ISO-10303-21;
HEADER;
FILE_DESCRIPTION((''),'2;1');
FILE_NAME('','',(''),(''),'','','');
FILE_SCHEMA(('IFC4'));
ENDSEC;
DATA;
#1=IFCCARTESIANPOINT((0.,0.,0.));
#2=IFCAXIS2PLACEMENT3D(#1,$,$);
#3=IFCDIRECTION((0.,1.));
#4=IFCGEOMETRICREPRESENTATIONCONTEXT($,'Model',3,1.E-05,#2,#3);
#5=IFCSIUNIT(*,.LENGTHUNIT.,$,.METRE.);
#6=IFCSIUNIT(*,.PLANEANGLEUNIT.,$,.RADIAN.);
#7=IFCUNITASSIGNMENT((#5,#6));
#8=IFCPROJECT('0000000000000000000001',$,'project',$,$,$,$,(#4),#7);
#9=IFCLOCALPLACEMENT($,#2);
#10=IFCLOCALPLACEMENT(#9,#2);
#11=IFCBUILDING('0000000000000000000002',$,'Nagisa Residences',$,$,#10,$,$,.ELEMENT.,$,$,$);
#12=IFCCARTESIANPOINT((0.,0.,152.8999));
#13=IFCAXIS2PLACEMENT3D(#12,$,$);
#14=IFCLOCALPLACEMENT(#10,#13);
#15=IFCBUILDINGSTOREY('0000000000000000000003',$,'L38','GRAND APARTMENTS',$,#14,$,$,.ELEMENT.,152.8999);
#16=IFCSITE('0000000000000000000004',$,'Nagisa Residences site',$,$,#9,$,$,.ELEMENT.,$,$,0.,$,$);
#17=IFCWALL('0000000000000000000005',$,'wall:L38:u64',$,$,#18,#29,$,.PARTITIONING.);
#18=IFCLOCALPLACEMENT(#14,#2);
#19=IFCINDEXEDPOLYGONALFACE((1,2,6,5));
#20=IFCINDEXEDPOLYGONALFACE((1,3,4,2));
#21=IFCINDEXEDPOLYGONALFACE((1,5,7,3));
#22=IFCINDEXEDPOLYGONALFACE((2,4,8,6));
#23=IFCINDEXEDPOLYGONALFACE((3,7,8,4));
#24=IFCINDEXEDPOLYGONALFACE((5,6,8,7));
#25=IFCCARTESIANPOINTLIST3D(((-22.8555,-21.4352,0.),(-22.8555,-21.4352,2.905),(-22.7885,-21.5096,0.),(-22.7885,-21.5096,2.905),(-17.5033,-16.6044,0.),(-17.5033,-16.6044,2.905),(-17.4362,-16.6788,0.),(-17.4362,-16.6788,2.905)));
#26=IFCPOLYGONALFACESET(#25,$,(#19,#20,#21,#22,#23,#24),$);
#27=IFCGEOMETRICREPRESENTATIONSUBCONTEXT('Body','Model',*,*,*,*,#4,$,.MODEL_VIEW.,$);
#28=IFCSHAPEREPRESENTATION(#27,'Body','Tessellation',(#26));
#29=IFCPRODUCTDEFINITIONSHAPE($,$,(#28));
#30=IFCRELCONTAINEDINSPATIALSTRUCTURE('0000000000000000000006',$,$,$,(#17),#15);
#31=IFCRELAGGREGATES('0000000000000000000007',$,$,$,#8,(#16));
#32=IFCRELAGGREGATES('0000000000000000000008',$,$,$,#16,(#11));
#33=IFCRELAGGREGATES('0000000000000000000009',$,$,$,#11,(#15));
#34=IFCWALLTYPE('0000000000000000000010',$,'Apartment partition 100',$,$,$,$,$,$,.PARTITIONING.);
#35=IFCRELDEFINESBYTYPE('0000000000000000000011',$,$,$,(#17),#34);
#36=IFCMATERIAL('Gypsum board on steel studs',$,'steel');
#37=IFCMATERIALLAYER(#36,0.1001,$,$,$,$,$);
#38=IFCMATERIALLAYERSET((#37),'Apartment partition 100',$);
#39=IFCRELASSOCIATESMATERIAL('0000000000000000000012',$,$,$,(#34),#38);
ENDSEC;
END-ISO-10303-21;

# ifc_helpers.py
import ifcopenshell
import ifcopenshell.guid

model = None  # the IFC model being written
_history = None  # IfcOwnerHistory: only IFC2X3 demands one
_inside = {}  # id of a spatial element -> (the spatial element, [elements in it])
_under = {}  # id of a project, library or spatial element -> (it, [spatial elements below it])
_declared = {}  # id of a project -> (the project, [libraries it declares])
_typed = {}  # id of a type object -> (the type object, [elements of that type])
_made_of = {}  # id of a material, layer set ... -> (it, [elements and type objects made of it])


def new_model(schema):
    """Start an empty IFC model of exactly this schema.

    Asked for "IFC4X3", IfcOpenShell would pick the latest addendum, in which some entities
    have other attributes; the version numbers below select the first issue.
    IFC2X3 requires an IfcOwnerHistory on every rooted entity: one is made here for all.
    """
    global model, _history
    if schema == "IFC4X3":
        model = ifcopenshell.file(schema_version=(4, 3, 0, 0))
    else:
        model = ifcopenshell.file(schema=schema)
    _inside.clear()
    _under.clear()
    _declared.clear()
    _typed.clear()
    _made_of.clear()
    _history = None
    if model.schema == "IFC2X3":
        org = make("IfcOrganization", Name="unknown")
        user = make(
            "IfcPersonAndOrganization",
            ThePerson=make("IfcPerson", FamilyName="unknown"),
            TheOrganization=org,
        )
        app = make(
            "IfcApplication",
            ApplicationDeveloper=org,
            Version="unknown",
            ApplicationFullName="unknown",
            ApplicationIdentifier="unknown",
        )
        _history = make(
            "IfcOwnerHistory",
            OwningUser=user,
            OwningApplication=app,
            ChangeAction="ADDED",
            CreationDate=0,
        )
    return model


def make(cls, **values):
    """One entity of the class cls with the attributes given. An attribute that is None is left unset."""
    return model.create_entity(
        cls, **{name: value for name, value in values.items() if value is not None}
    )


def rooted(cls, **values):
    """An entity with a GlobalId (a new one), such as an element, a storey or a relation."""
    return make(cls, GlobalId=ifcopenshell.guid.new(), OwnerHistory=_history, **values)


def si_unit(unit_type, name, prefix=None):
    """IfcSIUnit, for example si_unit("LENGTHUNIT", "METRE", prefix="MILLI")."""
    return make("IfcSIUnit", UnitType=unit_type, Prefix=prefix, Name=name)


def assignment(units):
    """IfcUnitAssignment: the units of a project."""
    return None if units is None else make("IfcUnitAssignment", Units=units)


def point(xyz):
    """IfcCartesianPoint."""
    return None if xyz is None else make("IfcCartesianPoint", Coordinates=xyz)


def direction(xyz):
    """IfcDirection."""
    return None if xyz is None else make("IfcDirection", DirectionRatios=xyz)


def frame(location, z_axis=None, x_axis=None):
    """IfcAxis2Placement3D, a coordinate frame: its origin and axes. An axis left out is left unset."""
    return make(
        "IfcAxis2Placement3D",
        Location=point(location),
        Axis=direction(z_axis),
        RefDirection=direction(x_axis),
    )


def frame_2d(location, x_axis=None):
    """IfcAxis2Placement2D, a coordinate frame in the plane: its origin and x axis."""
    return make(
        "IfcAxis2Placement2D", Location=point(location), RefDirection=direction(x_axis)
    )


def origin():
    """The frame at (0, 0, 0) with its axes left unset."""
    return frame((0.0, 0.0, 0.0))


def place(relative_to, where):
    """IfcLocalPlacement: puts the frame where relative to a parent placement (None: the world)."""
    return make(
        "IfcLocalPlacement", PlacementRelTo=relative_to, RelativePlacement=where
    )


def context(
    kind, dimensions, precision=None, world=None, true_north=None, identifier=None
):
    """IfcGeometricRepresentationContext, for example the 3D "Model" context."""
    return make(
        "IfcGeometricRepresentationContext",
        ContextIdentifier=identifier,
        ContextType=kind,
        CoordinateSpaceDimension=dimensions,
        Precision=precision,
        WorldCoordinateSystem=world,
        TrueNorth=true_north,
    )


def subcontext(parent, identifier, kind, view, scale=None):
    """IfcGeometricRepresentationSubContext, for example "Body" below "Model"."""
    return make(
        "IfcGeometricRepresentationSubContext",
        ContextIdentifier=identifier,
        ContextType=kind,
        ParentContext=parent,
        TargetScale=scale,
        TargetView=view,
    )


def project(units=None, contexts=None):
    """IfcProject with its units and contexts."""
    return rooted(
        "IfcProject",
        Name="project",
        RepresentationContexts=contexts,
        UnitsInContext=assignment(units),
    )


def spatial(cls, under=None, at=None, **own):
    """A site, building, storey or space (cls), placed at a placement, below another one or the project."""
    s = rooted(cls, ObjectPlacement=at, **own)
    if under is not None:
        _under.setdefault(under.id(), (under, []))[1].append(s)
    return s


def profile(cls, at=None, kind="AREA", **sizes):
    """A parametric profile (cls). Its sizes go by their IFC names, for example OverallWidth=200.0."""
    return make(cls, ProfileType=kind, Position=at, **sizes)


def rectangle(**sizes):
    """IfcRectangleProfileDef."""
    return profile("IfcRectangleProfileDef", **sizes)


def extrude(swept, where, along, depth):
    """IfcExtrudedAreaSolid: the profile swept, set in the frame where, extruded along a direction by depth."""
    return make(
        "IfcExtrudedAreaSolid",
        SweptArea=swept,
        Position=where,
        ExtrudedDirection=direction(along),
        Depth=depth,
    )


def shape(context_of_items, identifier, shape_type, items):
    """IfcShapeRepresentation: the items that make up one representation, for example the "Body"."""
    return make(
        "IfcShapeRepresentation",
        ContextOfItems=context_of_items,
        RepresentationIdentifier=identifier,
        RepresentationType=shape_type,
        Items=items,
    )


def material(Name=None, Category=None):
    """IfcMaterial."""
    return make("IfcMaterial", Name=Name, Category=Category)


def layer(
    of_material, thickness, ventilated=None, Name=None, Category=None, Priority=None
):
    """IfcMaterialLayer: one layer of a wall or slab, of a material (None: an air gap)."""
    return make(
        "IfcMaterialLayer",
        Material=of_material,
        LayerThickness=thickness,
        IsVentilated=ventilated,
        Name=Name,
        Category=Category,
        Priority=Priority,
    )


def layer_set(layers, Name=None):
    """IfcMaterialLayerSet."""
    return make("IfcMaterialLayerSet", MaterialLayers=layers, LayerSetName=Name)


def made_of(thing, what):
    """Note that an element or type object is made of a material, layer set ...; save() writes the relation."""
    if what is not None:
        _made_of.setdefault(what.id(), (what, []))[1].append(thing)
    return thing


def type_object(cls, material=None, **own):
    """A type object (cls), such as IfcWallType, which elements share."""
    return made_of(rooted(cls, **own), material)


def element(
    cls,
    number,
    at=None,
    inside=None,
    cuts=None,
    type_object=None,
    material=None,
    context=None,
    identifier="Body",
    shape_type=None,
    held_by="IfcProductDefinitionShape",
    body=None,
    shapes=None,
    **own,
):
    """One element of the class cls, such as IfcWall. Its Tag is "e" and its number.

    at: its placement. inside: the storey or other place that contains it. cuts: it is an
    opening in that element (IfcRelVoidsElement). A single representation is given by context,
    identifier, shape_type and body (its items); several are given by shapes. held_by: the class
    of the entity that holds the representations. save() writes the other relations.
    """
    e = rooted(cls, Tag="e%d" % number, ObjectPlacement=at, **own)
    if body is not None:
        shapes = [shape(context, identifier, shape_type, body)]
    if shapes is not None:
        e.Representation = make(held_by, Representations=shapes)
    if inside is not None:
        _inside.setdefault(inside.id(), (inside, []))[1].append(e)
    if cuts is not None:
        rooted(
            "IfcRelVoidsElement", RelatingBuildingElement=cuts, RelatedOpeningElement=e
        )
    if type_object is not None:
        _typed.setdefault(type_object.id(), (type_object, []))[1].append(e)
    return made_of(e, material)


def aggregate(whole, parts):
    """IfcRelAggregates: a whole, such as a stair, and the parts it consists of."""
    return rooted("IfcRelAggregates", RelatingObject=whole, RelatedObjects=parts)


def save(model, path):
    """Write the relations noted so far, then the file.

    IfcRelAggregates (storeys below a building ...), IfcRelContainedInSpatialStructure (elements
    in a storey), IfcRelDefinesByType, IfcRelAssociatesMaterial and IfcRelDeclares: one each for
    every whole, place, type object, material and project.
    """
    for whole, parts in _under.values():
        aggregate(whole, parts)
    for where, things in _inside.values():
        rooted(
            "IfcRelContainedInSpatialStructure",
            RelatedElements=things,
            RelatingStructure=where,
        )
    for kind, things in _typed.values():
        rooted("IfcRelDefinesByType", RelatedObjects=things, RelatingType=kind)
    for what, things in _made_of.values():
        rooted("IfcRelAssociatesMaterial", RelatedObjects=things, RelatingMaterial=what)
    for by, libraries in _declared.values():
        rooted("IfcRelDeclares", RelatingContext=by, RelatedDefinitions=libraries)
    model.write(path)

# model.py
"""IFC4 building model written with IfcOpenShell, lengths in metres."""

from ifc_helpers import new_model, si_unit, direction, frame, frame_2d, origin, place, context, subcontext, project, spatial, rectangle, extrude, material, layer, layer_set, type_object, element, save


model = new_model("IFC4")

# Units and contexts
model_context = context("Model", 3, precision=1e-05, world=origin(), true_north=direction((0.0, 1.0)))
body_context = subcontext(model_context, "Body", "Model", "MODEL_VIEW")
ifc_project = project(units=[si_unit("LENGTHUNIT", "METRE"), si_unit("PLANEANGLEUNIT", "RADIAN")], contexts=[model_context])

# Site, building, storey
site_placement = place(None, origin())
site = spatial("IfcSite", under=ifc_project, at=site_placement, Name="Nagisa Residences site", CompositionType="ELEMENT", RefElevation=0.0)
building_placement = place(site_placement, origin())
building = spatial("IfcBuilding", under=site, at=building_placement, Name="Nagisa Residences", CompositionType="ELEMENT")
storey_placement = place(building_placement, frame((0.0, 0.0, 152.8999)))
storey = spatial("IfcBuildingStorey", under=building, at=storey_placement, Name="L38", Description="GRAND APARTMENTS", CompositionType="ELEMENT", Elevation=152.8999)

# Shared definitions
ifc_material_1 = material(Name="Gypsum board on steel studs", Category="steel")
ifc_layer_1 = layer(ifc_material_1, 0.1001)
ifc_layer_set_1 = layer_set([ifc_layer_1], Name="Apartment partition 100")
wall_type_1 = type_object("IfcWallType", Name="Apartment partition 100", PredefinedType="PARTITIONING", material=ifc_layer_set_1)

# Wall
wall_1_placement = place(storey_placement, frame((-17.4697, -16.6416, 0.0), z_axis=(0.0, 0.0, 1.0), x_axis=(-0.742345, -0.670017, 0.0)))
element("IfcWall", 1, at=wall_1_placement, inside=storey, type_object=wall_type_1, Name="wall:L38:u64", PredefinedType="PARTITIONING", context=body_context, shape_type="SweptSolid", body=[
    extrude(rectangle(XDim=7.21, YDim=0.1001, at=frame_2d((3.605, 0.0))), origin(), (0.0, 0.0, 1.0), 2.905),
])

save(model, "model.ifc")
